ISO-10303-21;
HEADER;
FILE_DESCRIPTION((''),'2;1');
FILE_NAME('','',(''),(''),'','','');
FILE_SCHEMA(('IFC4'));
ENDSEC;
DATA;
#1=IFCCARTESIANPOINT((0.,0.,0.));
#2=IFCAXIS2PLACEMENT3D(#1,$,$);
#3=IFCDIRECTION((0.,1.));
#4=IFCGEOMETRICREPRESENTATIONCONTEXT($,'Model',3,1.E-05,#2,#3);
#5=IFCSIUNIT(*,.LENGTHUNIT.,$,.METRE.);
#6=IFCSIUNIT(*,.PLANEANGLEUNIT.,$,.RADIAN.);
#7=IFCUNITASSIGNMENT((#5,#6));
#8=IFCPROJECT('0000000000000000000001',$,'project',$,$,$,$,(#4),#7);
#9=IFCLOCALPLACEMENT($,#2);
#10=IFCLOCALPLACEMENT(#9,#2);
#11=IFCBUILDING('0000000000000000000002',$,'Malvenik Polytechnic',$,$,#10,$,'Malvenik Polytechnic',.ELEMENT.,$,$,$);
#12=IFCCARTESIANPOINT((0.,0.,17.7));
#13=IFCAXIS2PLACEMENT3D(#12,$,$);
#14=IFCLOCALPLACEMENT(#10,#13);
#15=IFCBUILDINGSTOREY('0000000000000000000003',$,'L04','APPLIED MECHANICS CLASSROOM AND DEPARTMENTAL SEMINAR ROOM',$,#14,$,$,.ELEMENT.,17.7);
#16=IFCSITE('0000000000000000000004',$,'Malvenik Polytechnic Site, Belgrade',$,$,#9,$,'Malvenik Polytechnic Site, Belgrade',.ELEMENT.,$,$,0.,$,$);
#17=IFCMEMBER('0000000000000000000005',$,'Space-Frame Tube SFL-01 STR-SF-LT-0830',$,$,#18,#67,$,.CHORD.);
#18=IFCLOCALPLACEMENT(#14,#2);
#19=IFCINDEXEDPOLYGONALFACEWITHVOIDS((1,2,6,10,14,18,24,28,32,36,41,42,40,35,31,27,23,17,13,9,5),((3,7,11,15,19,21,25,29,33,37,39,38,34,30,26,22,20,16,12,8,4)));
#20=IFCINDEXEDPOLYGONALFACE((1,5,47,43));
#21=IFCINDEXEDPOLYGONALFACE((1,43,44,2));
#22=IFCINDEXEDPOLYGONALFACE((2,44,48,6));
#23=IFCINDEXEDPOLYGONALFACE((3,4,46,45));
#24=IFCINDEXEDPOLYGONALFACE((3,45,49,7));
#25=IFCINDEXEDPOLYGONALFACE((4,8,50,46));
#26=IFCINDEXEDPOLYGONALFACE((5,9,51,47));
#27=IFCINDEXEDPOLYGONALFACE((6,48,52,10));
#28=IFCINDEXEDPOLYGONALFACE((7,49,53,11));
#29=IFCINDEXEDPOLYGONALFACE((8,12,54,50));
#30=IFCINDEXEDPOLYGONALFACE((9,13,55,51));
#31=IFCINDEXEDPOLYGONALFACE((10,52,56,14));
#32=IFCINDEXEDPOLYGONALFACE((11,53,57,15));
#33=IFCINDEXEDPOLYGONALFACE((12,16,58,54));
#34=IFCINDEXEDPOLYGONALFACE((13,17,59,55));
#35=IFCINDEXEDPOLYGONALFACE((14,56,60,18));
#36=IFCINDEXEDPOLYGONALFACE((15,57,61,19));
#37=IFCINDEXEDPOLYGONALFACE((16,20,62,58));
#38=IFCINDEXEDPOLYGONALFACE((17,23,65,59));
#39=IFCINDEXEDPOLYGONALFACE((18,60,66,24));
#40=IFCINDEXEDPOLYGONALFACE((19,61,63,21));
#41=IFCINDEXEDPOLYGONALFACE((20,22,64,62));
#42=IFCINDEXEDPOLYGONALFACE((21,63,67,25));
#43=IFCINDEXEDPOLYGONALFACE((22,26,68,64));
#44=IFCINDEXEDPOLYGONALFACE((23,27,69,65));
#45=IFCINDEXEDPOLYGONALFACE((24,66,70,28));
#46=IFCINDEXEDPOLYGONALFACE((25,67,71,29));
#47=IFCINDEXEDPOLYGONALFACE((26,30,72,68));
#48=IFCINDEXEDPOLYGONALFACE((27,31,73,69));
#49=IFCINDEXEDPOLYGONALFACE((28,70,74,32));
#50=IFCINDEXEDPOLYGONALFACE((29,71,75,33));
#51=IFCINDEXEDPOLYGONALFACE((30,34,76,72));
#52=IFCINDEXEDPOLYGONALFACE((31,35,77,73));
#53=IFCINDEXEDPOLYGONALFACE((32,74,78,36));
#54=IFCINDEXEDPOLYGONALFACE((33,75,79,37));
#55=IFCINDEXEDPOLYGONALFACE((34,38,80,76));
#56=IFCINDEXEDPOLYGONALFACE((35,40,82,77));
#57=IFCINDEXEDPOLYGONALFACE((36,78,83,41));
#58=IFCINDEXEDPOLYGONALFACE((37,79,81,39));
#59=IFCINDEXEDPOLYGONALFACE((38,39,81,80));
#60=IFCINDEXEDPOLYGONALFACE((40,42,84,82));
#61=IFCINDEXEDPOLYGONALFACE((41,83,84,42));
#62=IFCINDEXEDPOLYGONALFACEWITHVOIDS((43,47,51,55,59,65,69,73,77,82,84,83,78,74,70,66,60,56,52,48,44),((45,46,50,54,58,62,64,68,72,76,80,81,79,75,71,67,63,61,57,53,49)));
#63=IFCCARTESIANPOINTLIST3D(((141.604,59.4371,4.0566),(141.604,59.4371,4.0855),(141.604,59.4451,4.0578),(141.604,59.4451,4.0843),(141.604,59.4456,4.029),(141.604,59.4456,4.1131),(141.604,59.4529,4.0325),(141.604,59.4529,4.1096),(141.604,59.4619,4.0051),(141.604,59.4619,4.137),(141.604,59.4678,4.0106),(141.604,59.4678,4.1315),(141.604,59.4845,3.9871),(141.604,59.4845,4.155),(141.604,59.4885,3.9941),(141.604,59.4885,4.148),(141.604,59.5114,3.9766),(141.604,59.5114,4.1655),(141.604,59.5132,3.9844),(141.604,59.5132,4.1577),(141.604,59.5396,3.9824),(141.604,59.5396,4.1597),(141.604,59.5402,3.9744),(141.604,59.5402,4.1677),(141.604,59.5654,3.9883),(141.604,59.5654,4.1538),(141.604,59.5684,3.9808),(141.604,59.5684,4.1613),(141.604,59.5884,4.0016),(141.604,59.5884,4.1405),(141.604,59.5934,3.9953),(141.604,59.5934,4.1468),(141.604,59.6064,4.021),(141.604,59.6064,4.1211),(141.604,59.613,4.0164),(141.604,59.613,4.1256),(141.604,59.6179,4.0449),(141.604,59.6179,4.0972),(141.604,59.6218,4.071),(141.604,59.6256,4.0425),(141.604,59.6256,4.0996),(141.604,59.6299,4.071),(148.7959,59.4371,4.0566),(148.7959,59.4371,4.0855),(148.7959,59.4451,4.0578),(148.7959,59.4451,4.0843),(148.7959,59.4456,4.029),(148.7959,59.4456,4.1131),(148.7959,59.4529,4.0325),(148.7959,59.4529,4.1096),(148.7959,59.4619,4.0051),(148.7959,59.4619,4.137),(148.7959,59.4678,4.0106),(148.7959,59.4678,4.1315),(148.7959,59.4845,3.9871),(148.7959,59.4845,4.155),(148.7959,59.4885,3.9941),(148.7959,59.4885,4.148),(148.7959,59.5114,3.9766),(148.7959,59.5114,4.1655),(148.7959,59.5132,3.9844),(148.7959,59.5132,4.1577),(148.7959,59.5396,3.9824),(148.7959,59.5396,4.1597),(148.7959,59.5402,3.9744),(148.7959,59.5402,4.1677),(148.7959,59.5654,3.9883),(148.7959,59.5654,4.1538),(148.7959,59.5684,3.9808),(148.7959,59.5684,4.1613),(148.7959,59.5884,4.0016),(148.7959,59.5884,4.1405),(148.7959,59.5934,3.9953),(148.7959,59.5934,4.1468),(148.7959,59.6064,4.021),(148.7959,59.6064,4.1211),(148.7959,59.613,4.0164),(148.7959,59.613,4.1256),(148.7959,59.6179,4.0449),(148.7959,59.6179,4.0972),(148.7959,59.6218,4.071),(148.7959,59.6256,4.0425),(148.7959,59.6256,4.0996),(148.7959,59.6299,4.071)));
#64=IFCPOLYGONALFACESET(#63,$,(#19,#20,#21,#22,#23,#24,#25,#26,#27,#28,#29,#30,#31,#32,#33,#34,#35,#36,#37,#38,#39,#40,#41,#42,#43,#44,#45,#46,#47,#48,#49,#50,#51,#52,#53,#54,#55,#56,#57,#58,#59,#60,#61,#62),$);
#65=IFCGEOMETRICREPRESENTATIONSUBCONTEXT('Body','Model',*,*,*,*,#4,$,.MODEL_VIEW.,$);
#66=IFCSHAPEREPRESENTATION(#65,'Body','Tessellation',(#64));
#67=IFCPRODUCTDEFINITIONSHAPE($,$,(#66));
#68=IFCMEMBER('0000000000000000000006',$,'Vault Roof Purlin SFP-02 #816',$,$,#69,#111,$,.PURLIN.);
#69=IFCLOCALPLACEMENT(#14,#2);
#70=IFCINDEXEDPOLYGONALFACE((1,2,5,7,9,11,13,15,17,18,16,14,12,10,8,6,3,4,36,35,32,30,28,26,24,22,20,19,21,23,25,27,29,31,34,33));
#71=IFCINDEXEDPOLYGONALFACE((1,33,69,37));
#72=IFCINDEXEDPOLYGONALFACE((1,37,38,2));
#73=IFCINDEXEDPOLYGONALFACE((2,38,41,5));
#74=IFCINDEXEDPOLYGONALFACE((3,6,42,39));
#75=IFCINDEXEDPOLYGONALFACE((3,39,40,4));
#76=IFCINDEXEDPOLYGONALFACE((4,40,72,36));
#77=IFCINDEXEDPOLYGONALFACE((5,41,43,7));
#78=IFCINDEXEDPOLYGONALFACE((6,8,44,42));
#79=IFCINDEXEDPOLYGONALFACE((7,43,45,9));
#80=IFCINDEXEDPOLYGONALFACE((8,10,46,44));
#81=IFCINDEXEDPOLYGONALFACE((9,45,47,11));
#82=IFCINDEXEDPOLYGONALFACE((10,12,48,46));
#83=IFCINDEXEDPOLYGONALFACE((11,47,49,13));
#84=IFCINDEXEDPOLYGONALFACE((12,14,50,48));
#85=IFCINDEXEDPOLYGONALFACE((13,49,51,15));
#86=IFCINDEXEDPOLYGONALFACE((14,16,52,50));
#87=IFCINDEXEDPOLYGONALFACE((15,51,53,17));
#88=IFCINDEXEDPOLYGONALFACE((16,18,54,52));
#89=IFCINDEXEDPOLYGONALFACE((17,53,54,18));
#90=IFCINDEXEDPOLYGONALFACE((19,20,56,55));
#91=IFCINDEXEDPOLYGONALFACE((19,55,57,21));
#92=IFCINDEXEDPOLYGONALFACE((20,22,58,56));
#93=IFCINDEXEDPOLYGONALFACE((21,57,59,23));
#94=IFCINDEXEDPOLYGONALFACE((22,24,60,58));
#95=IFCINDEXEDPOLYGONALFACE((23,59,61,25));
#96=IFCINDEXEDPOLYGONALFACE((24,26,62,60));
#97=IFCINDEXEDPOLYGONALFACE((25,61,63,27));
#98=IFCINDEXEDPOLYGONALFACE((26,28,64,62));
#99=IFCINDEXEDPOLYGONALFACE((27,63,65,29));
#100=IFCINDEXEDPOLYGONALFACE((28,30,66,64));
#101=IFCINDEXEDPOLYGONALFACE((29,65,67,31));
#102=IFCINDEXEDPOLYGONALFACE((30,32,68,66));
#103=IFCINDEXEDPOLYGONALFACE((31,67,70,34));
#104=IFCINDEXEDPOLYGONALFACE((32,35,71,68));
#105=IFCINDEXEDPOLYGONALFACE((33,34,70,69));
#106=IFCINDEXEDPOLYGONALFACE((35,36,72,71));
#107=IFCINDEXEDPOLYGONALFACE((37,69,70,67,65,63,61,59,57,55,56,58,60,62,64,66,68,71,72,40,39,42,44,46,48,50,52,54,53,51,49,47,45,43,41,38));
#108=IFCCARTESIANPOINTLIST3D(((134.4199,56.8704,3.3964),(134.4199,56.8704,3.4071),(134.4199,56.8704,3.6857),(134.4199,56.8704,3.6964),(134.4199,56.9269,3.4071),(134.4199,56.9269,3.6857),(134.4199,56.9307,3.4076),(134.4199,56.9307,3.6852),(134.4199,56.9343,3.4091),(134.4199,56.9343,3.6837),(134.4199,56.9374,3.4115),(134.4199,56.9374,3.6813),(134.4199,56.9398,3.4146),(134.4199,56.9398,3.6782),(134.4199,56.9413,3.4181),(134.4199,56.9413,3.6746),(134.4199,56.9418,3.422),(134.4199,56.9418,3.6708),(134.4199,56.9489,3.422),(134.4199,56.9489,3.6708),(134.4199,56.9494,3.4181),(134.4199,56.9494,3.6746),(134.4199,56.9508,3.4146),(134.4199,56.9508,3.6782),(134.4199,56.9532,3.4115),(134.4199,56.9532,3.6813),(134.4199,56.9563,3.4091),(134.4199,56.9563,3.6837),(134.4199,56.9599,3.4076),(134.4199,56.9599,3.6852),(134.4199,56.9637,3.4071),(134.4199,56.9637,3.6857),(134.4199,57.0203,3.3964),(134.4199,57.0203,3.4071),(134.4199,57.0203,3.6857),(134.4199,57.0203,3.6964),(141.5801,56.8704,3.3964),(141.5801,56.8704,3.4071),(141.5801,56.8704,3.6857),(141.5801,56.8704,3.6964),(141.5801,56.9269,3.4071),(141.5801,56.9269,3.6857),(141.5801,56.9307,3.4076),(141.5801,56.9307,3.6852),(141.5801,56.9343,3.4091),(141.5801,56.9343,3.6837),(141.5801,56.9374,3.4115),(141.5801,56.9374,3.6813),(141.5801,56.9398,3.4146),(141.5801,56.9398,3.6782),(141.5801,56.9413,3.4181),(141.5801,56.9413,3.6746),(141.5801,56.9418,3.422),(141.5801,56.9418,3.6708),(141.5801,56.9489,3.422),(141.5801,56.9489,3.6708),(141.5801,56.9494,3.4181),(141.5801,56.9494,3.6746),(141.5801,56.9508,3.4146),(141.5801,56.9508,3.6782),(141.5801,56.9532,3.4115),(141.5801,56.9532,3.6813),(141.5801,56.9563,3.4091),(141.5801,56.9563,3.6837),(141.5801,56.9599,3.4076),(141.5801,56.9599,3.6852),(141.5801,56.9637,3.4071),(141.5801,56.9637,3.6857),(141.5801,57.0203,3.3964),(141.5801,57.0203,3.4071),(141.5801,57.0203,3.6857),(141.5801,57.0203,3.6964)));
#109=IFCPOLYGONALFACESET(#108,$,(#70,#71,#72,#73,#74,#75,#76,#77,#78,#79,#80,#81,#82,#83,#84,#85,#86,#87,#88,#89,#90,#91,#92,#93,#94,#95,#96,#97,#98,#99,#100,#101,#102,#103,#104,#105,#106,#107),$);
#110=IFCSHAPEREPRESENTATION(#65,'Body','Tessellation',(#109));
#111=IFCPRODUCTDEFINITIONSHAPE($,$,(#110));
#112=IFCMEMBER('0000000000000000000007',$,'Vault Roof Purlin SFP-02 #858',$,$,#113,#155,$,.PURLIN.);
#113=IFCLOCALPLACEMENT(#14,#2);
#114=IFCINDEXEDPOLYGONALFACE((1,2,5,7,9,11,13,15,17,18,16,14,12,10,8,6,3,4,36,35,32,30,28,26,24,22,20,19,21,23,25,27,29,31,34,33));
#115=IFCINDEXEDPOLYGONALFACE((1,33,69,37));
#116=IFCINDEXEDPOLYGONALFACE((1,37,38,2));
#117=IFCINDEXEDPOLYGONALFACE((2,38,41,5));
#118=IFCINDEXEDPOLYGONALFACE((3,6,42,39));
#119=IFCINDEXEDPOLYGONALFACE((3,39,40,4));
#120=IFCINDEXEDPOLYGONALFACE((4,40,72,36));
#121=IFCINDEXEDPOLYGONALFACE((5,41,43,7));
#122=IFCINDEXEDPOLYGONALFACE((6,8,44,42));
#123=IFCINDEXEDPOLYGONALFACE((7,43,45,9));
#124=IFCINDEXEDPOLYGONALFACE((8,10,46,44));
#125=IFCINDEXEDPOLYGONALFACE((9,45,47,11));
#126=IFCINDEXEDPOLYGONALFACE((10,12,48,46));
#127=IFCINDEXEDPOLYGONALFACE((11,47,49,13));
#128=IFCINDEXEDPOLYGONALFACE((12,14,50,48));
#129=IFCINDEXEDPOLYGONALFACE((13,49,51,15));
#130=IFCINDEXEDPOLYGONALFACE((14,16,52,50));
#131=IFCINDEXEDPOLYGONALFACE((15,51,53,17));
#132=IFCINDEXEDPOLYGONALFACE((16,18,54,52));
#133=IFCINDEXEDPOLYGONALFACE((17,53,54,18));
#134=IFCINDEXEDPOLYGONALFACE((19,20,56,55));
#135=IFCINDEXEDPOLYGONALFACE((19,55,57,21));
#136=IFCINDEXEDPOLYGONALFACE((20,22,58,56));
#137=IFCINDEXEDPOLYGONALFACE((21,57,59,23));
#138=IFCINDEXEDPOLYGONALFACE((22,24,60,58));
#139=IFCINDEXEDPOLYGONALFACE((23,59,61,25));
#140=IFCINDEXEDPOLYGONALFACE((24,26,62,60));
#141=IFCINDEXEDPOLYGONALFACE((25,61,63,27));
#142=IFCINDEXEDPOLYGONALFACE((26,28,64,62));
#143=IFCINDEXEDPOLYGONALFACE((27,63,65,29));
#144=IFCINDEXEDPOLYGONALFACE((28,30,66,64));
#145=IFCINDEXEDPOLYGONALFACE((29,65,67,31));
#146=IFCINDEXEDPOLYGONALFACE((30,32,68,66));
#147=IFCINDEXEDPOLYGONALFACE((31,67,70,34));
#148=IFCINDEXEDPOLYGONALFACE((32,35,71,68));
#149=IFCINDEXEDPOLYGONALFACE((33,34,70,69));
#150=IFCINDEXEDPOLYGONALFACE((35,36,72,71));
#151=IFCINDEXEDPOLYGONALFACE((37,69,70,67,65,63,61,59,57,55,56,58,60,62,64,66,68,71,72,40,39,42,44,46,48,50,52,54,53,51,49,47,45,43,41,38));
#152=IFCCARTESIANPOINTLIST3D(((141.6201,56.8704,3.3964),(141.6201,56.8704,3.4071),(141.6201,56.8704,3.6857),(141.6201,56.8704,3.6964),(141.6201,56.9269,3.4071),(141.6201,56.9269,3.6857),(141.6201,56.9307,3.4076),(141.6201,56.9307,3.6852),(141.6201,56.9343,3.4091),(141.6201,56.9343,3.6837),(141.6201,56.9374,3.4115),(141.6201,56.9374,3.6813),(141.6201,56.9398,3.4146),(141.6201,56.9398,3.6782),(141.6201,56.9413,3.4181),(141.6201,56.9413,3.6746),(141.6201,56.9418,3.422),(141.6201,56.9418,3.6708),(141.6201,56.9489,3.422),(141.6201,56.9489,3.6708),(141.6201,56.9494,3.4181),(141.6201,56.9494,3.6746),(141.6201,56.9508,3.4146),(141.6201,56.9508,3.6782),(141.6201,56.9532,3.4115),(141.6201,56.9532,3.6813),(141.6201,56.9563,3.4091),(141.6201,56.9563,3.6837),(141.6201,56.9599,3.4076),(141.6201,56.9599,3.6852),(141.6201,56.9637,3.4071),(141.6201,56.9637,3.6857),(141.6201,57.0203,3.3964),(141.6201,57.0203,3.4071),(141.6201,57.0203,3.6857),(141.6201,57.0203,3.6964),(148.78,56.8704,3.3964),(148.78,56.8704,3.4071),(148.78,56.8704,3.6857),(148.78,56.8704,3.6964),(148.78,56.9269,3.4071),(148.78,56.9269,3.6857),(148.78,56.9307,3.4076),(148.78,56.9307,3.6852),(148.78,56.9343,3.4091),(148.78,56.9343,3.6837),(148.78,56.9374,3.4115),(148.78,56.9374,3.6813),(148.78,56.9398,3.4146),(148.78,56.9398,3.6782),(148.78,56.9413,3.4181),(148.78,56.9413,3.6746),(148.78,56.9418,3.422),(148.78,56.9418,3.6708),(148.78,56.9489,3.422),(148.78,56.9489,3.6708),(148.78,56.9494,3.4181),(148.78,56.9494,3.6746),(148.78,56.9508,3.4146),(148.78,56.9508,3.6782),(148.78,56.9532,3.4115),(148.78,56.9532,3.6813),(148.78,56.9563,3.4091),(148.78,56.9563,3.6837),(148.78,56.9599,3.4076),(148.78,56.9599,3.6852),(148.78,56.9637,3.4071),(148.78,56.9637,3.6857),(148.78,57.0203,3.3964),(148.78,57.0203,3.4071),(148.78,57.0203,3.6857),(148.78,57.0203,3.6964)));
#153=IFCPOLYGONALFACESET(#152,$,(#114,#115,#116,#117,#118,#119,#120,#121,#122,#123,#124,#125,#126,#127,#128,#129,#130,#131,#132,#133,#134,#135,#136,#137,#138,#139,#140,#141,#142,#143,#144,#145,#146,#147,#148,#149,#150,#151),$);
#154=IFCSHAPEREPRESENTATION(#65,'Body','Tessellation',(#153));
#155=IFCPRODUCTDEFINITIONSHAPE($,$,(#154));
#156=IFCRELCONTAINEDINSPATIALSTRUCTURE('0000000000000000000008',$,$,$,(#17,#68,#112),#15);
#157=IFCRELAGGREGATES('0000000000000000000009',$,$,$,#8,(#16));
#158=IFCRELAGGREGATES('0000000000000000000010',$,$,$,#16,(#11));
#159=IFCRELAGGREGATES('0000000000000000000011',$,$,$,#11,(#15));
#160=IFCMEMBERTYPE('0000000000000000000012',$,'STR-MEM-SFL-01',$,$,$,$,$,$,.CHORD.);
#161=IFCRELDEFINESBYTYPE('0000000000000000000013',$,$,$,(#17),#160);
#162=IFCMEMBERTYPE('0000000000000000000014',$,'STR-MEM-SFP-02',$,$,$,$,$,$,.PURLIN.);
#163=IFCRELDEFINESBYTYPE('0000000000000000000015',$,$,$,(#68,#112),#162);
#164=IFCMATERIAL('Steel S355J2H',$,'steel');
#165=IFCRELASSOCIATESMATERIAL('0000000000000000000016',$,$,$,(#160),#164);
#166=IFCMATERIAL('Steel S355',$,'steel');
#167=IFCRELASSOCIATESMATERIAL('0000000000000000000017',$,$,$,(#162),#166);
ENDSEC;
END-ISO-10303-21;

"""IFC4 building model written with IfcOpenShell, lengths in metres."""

from ifc_helpers import new_model, si_unit, direction, frame, origin, origin_2d, place, context, subcontext, project, spatial, hollow_circle, i_section, extrude, material, material_profile, profile_set, type_object, element, save


model = new_model("IFC4")

# Units and contexts
model_context = context("Model", 3, precision=1e-05, world=origin(), true_north=direction((0.0, 1.0)))
body_context = subcontext(model_context, "Body", "Model", "MODEL_VIEW")
ifc_project = project(units=[si_unit("LENGTHUNIT", "METRE"), si_unit("PLANEANGLEUNIT", "RADIAN")], contexts=[model_context])

# Site, building, storey
site_placement = place(None, origin())
site = spatial("IfcSite", under=ifc_project, at=site_placement, Name="Malvenik Polytechnic Site, Belgrade", LongName="Malvenik Polytechnic Site, Belgrade", CompositionType="ELEMENT", RefElevation=0.0)
building_placement = place(site_placement, origin())
building = spatial("IfcBuilding", under=site, at=building_placement, Name="Malvenik Polytechnic", LongName="Malvenik Polytechnic", CompositionType="ELEMENT")
storey_placement = place(building_placement, frame((0.0, 0.0, 17.7)))
storey = spatial("IfcBuildingStorey", under=building, at=storey_placement, Name="L04", Description="APPLIED MECHANICS CLASSROOM AND DEPARTMENTAL SEMINAR ROOM", CompositionType="ELEMENT", Elevation=17.7)

# Members
ifc_material_1 = material(Name="Steel S355J2H", Category="steel")
ifc_material_profile_1 = material_profile(ifc_material_1, hollow_circle(Radius=0.0969, WallThickness=0.0081, at=origin_2d()), Name="CHS 193.7x8.0")
ifc_profile_set_1 = profile_set([ifc_material_profile_1], Name="Steel S355J2H")
member_type_1 = type_object("IfcMemberType", Name="STR-MEM-SFL-01", PredefinedType="CHORD", material=ifc_profile_set_1)
for number, where, z_axis, x_axis, name in (
    (1, (141.604, 59.533, 4.071), (1.0, 0.0, 0.0), (0.0, 1.0, 0.0), "Space-Frame Tube SFL-01 STR-SF-LT-0830"),
):
    element("IfcMember", number, at=place(storey_placement, frame(where, z_axis=z_axis, x_axis=x_axis)), inside=storey, type_object=member_type_1, Name=name, PredefinedType="CHORD", context=body_context, shape_type="SweptSolid", body=[
        extrude(hollow_circle(Radius=0.0969, WallThickness=0.0081, at=origin_2d()), origin(), (0.0, 0.0, 1.0), 7.1919),
    ])
ifc_material_2 = material(Name="Steel S355", Category="steel")
ifc_material_profile_2 = material_profile(ifc_material_2, i_section(OverallWidth=0.1499, OverallDepth=0.3, WebThickness=0.0071, FlangeThickness=0.0107, FilletRadius=0.0149, at=origin_2d()), Name="IPE 300")
ifc_profile_set_2 = profile_set([ifc_material_profile_2], Name="Steel S355")
member_type_2 = type_object("IfcMemberType", Name="STR-MEM-SFP-02", PredefinedType="PURLIN", material=ifc_profile_set_2)
member_1_placement = place(storey_placement, frame((134.4199, 56.9453, 3.5464), z_axis=(1.0, 0.0, 0.0), x_axis=(0.0, 1.0, 0.0)))
element("IfcMember", 2, at=member_1_placement, inside=storey, type_object=member_type_2, Name="Vault Roof Purlin SFP-02 #816", PredefinedType="PURLIN", context=body_context, shape_type="SweptSolid", body=[
    extrude(i_section(OverallWidth=0.1499, OverallDepth=0.3, WebThickness=0.0071, FlangeThickness=0.0107, FilletRadius=0.0149, at=origin_2d()), origin(), (0.0, 0.0, 1.0), 7.1602),
])
member_2_placement = place(storey_placement, frame((141.6201, 56.9453, 3.5464), z_axis=(1.0, 0.0, 0.0), x_axis=(0.0, 1.0, 0.0)))
element("IfcMember", 3, at=member_2_placement, inside=storey, type_object=member_type_2, Name="Vault Roof Purlin SFP-02 #858", PredefinedType="PURLIN", context=body_context, shape_type="SweptSolid", body=[
    extrude(i_section(OverallWidth=0.1499, OverallDepth=0.3, WebThickness=0.0071, FlangeThickness=0.0107, FilletRadius=0.0149, at=origin_2d()), origin(), (0.0, 0.0, 1.0), 7.1599),
])

save(model, "model.ifc")
